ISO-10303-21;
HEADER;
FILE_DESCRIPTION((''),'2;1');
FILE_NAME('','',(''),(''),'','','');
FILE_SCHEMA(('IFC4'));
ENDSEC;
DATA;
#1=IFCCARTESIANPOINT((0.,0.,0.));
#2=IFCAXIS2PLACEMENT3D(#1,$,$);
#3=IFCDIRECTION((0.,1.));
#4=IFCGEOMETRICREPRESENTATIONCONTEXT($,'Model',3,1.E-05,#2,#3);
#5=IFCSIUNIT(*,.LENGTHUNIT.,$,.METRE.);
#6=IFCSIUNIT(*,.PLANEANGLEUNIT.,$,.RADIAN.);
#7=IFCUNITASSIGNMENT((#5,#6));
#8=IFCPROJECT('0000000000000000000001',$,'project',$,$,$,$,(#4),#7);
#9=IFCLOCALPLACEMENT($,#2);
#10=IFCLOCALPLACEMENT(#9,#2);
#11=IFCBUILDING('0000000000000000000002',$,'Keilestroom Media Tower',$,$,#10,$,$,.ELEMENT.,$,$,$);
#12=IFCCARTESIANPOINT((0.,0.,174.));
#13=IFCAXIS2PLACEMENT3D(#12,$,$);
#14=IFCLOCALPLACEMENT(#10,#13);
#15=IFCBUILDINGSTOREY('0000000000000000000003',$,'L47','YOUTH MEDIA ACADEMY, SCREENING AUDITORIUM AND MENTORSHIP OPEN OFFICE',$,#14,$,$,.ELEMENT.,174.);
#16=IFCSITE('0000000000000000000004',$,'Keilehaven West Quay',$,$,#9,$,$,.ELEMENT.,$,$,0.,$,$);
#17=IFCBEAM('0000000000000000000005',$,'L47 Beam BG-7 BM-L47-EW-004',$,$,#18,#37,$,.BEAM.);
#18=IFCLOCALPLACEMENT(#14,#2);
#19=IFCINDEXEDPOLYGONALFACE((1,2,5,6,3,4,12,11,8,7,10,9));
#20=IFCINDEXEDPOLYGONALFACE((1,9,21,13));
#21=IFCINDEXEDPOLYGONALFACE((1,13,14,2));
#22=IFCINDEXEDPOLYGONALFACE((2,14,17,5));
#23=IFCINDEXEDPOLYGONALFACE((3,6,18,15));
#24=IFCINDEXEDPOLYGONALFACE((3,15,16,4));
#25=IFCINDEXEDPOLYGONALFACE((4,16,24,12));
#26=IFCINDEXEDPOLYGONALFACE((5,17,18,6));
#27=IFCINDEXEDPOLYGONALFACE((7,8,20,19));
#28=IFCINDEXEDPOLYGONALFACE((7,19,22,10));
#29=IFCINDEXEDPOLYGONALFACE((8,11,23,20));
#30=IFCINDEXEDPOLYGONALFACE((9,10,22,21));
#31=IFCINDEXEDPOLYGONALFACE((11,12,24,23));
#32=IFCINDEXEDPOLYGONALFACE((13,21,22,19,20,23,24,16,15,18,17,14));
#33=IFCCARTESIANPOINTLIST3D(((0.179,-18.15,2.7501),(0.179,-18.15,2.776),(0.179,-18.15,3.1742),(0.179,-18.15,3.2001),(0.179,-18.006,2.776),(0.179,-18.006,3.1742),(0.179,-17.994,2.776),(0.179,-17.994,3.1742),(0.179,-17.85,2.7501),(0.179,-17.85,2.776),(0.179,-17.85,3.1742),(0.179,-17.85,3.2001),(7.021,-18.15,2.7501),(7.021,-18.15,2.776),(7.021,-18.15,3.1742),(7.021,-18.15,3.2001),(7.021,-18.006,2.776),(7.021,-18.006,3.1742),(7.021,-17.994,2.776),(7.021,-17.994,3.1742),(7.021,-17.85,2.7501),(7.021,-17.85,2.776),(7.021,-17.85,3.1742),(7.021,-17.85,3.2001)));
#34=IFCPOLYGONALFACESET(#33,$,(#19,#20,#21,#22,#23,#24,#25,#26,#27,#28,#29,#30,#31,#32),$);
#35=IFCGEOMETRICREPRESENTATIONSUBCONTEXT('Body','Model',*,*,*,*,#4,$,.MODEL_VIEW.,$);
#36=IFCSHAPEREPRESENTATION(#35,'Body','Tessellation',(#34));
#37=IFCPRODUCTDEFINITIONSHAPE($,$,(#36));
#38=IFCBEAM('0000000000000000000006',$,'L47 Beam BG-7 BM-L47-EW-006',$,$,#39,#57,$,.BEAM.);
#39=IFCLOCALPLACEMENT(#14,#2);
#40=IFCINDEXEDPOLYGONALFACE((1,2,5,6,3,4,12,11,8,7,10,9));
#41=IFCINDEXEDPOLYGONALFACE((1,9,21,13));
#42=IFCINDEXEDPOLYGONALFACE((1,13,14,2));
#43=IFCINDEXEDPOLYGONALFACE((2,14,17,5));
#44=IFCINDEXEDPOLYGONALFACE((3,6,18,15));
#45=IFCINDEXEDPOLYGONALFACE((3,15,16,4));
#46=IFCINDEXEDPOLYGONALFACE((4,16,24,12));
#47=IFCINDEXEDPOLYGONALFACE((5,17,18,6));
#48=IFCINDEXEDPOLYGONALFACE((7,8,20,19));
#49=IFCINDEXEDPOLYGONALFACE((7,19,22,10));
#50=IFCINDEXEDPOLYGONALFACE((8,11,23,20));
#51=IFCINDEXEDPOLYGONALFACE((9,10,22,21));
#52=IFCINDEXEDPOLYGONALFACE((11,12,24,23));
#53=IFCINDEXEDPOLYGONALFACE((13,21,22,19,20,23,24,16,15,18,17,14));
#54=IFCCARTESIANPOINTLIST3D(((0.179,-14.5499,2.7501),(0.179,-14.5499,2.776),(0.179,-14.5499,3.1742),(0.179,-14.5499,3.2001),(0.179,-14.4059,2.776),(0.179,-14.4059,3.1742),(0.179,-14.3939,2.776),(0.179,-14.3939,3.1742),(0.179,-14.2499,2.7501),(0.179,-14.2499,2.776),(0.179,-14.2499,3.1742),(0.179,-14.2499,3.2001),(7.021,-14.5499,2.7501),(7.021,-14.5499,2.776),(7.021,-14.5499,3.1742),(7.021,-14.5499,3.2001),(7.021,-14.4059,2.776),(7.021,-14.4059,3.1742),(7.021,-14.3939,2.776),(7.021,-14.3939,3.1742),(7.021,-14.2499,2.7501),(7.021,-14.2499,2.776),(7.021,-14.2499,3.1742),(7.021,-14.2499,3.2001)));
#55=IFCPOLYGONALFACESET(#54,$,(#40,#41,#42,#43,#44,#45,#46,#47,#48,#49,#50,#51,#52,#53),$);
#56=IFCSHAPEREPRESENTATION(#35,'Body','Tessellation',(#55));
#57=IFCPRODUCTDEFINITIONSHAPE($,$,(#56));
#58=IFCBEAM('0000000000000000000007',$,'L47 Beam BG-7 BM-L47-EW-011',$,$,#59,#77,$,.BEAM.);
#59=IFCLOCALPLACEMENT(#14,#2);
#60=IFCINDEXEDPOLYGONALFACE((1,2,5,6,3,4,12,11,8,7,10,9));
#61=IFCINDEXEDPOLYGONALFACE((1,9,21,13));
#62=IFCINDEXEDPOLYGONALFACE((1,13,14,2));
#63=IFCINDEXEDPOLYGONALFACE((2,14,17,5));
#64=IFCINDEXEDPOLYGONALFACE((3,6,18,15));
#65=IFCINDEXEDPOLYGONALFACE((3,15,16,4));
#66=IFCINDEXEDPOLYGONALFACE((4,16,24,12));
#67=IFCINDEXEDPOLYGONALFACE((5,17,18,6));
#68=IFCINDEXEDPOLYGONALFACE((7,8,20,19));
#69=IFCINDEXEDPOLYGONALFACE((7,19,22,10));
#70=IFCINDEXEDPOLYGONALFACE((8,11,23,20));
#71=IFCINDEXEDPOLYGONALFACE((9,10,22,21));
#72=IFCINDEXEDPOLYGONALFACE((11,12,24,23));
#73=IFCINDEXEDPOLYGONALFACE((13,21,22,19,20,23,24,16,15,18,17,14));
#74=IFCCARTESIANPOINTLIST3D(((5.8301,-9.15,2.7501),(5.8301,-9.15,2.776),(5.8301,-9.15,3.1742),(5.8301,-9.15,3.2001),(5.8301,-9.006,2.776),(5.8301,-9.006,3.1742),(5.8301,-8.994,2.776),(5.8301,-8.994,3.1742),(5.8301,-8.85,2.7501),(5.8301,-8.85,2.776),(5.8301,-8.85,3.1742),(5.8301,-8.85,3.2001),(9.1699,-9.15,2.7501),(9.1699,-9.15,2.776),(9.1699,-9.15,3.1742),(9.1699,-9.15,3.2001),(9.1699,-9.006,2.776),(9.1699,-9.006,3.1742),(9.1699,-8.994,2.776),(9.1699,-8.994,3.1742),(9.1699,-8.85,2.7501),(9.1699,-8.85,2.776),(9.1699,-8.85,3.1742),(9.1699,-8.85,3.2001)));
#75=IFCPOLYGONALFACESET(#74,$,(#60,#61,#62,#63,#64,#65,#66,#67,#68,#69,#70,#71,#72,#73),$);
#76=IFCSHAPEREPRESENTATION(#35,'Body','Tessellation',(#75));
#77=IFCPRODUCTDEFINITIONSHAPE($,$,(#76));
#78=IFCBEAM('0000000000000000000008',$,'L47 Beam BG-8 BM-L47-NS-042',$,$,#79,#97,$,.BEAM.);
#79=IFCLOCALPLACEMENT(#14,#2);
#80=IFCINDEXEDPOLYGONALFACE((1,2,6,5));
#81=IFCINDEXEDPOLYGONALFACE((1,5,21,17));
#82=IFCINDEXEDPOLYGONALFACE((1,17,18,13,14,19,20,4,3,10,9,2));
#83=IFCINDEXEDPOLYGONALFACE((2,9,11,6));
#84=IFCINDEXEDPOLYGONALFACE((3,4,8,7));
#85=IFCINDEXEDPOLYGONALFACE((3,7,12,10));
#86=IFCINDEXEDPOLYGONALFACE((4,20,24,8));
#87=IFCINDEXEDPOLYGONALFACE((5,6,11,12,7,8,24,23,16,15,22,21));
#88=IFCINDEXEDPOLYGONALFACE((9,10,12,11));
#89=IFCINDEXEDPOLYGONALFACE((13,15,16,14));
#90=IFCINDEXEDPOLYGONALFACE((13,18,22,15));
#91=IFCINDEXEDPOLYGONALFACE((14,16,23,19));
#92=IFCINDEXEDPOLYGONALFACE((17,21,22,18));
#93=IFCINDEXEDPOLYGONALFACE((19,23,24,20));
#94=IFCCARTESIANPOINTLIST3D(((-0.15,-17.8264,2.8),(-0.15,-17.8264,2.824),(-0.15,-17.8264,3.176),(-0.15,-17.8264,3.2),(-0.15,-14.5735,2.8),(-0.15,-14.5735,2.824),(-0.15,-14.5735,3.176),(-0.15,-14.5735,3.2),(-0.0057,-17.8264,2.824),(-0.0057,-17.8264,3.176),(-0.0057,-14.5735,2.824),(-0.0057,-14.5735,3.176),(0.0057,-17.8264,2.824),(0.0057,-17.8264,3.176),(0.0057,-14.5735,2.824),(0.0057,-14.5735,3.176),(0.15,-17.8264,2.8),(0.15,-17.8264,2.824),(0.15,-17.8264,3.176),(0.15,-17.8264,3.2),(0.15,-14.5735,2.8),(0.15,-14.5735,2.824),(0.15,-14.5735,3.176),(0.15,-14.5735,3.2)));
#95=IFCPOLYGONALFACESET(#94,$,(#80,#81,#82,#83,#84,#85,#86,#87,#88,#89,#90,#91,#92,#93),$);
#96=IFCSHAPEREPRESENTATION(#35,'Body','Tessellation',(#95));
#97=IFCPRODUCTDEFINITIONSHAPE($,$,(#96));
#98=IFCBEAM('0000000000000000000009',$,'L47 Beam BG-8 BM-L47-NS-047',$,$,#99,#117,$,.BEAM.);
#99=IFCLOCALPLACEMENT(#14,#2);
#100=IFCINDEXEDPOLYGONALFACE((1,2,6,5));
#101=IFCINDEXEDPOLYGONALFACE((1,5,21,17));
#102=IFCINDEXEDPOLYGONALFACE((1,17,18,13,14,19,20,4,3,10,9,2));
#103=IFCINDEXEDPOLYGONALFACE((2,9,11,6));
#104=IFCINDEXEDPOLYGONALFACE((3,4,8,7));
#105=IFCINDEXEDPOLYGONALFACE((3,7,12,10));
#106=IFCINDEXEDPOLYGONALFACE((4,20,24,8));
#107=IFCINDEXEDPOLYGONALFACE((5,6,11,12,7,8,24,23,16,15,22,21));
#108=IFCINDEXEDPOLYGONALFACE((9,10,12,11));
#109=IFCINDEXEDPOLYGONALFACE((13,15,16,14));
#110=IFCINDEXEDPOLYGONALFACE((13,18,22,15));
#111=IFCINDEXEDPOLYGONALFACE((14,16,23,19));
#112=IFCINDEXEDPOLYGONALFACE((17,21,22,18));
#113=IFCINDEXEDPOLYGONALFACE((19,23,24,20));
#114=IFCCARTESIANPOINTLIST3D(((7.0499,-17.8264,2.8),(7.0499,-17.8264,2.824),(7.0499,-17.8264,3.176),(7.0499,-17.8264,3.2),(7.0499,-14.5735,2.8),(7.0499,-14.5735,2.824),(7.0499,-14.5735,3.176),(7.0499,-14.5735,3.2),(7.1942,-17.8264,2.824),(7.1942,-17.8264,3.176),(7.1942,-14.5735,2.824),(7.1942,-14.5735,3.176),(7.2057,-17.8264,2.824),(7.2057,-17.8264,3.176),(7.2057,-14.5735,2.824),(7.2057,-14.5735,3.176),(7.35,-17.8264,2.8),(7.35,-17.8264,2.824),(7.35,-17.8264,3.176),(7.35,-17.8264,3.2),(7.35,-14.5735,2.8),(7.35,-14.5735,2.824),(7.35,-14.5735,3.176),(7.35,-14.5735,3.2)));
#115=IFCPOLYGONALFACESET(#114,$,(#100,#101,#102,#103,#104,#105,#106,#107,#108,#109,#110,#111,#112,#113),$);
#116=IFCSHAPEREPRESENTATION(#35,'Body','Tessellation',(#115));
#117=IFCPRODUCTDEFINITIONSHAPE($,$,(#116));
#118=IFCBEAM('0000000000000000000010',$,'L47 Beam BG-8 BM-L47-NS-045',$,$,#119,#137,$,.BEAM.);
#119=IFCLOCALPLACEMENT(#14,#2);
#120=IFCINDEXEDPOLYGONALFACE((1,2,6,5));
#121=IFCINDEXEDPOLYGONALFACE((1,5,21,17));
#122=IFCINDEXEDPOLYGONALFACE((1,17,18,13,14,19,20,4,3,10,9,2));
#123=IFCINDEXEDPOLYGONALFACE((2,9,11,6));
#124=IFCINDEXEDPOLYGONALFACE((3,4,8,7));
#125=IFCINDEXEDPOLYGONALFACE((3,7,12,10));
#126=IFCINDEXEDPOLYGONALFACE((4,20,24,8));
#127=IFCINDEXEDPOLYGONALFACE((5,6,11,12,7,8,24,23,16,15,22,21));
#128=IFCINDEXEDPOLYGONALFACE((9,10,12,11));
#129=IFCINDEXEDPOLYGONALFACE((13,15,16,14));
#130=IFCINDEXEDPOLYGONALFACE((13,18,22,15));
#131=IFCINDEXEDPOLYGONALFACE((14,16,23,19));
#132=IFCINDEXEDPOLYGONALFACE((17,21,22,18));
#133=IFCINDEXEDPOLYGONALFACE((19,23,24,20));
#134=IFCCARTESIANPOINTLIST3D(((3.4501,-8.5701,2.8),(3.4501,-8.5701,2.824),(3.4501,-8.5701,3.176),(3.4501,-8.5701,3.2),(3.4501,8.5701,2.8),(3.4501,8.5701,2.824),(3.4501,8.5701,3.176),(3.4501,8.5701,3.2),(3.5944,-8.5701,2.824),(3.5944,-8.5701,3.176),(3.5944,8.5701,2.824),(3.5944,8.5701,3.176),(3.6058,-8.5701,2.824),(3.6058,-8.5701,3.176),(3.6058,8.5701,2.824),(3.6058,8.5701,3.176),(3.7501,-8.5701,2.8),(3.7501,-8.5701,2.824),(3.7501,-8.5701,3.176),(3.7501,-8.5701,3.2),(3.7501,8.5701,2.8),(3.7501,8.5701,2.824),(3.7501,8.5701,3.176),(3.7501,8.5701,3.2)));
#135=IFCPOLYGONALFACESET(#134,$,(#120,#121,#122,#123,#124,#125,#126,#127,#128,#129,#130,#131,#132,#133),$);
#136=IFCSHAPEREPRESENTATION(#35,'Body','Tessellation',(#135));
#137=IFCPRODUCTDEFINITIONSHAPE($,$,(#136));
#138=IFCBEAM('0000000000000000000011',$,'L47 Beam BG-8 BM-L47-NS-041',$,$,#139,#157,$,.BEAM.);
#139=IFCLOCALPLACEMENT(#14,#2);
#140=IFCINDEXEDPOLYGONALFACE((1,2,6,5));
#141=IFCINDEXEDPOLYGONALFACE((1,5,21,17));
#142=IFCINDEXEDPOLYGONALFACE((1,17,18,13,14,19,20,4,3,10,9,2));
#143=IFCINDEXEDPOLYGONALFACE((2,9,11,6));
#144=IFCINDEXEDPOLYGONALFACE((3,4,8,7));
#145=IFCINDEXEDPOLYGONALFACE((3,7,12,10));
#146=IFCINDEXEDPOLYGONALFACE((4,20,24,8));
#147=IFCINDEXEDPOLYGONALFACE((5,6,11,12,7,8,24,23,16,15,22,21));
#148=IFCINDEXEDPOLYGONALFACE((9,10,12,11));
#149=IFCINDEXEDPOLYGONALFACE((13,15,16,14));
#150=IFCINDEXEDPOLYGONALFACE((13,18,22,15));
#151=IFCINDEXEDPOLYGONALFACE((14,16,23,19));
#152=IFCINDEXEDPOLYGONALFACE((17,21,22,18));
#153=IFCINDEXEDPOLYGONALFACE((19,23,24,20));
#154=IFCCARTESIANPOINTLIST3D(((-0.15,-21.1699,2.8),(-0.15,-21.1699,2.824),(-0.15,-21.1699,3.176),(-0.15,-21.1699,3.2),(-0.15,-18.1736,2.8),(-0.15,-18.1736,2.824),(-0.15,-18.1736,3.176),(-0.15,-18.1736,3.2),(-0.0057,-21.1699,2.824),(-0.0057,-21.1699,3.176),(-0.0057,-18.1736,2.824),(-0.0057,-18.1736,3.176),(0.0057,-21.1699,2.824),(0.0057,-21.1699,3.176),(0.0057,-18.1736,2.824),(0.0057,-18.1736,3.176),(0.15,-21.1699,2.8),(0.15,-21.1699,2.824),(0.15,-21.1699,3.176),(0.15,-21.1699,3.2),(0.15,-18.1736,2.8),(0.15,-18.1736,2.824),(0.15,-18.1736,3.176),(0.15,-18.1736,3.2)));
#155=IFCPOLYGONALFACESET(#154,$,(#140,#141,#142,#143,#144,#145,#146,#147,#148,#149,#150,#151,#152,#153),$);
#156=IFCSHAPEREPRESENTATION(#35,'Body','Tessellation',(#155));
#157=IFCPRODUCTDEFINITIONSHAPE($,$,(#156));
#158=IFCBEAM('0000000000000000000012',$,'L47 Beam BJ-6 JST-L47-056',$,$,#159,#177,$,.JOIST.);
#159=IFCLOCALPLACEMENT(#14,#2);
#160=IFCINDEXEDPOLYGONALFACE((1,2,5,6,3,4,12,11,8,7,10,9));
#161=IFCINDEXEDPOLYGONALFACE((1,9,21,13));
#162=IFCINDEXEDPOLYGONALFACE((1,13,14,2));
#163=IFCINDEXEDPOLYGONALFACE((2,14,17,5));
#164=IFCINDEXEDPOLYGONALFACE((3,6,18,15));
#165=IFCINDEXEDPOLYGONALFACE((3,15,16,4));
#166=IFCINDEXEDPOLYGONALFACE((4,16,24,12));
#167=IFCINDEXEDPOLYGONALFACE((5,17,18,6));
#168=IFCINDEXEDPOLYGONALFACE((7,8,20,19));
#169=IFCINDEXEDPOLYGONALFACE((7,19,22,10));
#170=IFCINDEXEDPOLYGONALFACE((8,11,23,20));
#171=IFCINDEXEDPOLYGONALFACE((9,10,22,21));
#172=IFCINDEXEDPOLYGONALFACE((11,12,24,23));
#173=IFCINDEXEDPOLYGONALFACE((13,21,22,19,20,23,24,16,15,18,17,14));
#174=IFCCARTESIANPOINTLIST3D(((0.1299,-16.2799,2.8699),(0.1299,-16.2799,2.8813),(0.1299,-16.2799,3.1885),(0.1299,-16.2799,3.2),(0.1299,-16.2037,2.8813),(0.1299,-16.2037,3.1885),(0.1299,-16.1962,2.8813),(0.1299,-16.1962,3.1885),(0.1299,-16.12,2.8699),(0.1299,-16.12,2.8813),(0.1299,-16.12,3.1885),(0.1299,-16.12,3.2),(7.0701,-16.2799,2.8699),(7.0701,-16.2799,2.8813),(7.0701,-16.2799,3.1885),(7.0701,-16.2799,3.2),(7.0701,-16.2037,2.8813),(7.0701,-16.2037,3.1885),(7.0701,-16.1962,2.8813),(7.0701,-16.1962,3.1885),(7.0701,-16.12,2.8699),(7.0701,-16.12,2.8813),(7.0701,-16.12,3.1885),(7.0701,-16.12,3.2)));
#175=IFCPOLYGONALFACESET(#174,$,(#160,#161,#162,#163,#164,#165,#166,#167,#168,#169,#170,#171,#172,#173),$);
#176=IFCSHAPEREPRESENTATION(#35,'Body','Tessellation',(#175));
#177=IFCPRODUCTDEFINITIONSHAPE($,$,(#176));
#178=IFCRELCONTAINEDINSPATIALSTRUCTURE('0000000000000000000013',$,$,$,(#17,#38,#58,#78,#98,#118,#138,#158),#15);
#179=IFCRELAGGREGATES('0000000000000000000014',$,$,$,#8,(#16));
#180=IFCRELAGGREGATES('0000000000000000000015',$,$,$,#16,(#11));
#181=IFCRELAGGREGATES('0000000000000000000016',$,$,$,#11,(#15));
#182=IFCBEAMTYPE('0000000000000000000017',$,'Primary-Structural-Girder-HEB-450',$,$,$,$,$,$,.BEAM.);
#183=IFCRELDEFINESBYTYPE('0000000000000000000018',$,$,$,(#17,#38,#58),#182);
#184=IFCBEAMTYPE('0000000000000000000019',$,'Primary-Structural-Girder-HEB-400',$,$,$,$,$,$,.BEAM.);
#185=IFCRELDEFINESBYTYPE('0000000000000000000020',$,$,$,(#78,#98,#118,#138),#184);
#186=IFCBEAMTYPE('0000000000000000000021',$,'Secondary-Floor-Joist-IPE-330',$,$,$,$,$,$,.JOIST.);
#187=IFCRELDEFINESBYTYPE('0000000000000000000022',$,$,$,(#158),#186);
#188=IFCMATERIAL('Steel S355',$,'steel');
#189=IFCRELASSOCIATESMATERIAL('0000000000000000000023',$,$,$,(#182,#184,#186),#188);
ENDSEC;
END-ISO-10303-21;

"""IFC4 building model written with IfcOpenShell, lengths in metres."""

from ifc_helpers import new_model, si_unit, direction, frame, origin, origin_2d, place, context, subcontext, project, spatial, i_section, extrude, source, transform, mapped, material, material_profile, profile_set, type_object, element, save


model = new_model("IFC4")

# Units and contexts
model_context = context("Model", 3, precision=1e-05, world=origin(), true_north=direction((0.0, 1.0)))
body_context = subcontext(model_context, "Body", "Model", "MODEL_VIEW")
ifc_project = project(units=[si_unit("LENGTHUNIT", "METRE"), si_unit("PLANEANGLEUNIT", "RADIAN")], contexts=[model_context])

# Site, building, storey
site_placement = place(None, origin())
site = spatial("IfcSite", under=ifc_project, at=site_placement, Name="Keilehaven West Quay", CompositionType="ELEMENT", RefElevation=0.0)
building_placement = place(site_placement, origin())
building = spatial("IfcBuilding", under=site, at=building_placement, Name="Keilestroom Media Tower", CompositionType="ELEMENT")
storey_placement = place(building_placement, frame((0.0, 0.0, 174.0)))
storey = spatial("IfcBuildingStorey", under=building, at=storey_placement, Name="L47", Description="YOUTH MEDIA ACADEMY, SCREENING AUDITORIUM AND MENTORSHIP OPEN OFFICE", CompositionType="ELEMENT", Elevation=174.0)

# Shared definitions
ifc_material_1 = material(Name="Steel S355", Category="steel")

# Beams
ifc_material_profile_1 = material_profile(ifc_material_1, i_section(OverallWidth=0.3, OverallDepth=0.45, WebThickness=0.012, FlangeThickness=0.0259, at=origin_2d()), Name="HEB 450")
ifc_profile_set_1 = profile_set([ifc_material_profile_1], Name="Steel S355")
beam_type_1 = type_object("IfcBeamType", Name="Primary-Structural-Girder-HEB-450", PredefinedType="BEAM", material=ifc_profile_set_1)
shared_shape_1 = source(origin(), body_context, "Body", "SweptSolid", [
    extrude(i_section(OverallWidth=0.3, OverallDepth=0.45, WebThickness=0.012, FlangeThickness=0.0259, at=origin_2d()), origin(), (0.0, 0.0, 1.0), 6.842),
])
for number, where, z_axis, x_axis, name in (
    (1, (0.179, -18.0, 2.9751), (1.0, 0.0, 0.0), (0.0, 1.0, 0.0), "L47 Beam BG-7 BM-L47-EW-004"),
    (2, (0.179, -14.3999, 2.9751), (1.0, 0.0, 0.0), (0.0, 1.0, 0.0), "L47 Beam BG-7 BM-L47-EW-006"),
):
    element("IfcBeam", number, at=place(storey_placement, frame(where, z_axis=z_axis, x_axis=x_axis)), inside=storey, type_object=beam_type_1, Name=name, PredefinedType="BEAM", context=body_context, shape_type="MappedRepresentation", body=[
        mapped(shared_shape_1, transform((0.0, 0.0, 0.0), x_axis=(1.0, 0.0, 0.0), y_axis=(0.0, 1.0, 0.0), z_axis=(0.0, 0.0, 1.0), scale=1.0)),
    ])
shared_shape_2 = source(origin(), body_context, "Body", "SweptSolid", [
    extrude(i_section(OverallWidth=0.3, OverallDepth=0.45, WebThickness=0.012, FlangeThickness=0.0259, at=origin_2d()), origin(), (0.0, 0.0, 1.0), 3.3398),
])
beam_1_placement = place(storey_placement, frame((5.8301, -9.0, 2.9751), z_axis=(1.0, 0.0, 0.0), x_axis=(0.0, 1.0, 0.0)))
element("IfcBeam", 3, at=beam_1_placement, inside=storey, type_object=beam_type_1, Name="L47 Beam BG-7 BM-L47-EW-011", PredefinedType="BEAM", context=body_context, shape_type="MappedRepresentation", body=[
    mapped(shared_shape_2, transform((0.0, 0.0, 0.0), x_axis=(1.0, 0.0, 0.0), y_axis=(0.0, 1.0, 0.0), z_axis=(0.0, 0.0, 1.0), scale=1.0)),
])
ifc_material_profile_2 = material_profile(ifc_material_1, i_section(OverallWidth=0.3, OverallDepth=0.3999, WebThickness=0.0115, FlangeThickness=0.0239, at=origin_2d()), Name="HEB 400")
ifc_profile_set_2 = profile_set([ifc_material_profile_2], Name="Steel S355")
beam_type_2 = type_object("IfcBeamType", Name="Primary-Structural-Girder-HEB-400", PredefinedType="BEAM", material=ifc_profile_set_2)
shared_shape_3 = source(origin(), body_context, "Body", "SweptSolid", [
    extrude(i_section(OverallWidth=0.3, OverallDepth=0.3999, WebThickness=0.0115, FlangeThickness=0.0239, at=origin_2d()), origin(), (0.0, 0.0, 1.0), 3.2529),
])
for number, where, z_axis, x_axis, name in (
    (4, (0.0, -17.8264, 3.0), (0.0, 1.0, 0.0), (-1.0, 0.0, 0.0), "L47 Beam BG-8 BM-L47-NS-042"),
    (5, (7.2, -17.8264, 3.0), (0.0, 1.0, 0.0), (-1.0, 0.0, 0.0), "L47 Beam BG-8 BM-L47-NS-047"),
):
    element("IfcBeam", number, at=place(storey_placement, frame(where, z_axis=z_axis, x_axis=x_axis)), inside=storey, type_object=beam_type_2, Name=name, PredefinedType="BEAM", context=body_context, shape_type="MappedRepresentation", body=[
        mapped(shared_shape_3, transform((0.0, 0.0, 0.0), x_axis=(1.0, 0.0, 0.0), y_axis=(0.0, 1.0, 0.0), z_axis=(0.0, 0.0, 1.0), scale=1.0)),
    ])
shared_shape_4 = source(origin(), body_context, "Body", "SweptSolid", [
    extrude(i_section(OverallWidth=0.3, OverallDepth=0.3999, WebThickness=0.0115, FlangeThickness=0.0239, at=origin_2d()), origin(), (0.0, 0.0, 1.0), 17.1401),
])
beam_2_placement = place(storey_placement, frame((3.6001, -8.5701, 3.0), z_axis=(0.0, 1.0, 0.0), x_axis=(-1.0, 0.0, 0.0)))
element("IfcBeam", 6, at=beam_2_placement, inside=storey, type_object=beam_type_2, Name="L47 Beam BG-8 BM-L47-NS-045", PredefinedType="BEAM", context=body_context, shape_type="MappedRepresentation", body=[
    mapped(shared_shape_4, transform((0.0, 0.0, 0.0), x_axis=(1.0, 0.0, 0.0), y_axis=(0.0, 1.0, 0.0), z_axis=(0.0, 0.0, 1.0), scale=1.0)),
])
shared_shape_5 = source(origin(), body_context, "Body", "SweptSolid", [
    extrude(i_section(OverallWidth=0.3, OverallDepth=0.3999, WebThickness=0.0115, FlangeThickness=0.0239, at=origin_2d()), origin(), (0.0, 0.0, 1.0), 2.9963),
])
beam_3_placement = place(storey_placement, frame((0.0, -21.1699, 3.0), z_axis=(0.0, 1.0, 0.0), x_axis=(-1.0, 0.0, 0.0)))
element("IfcBeam", 7, at=beam_3_placement, inside=storey, type_object=beam_type_2, Name="L47 Beam BG-8 BM-L47-NS-041", PredefinedType="BEAM", context=body_context, shape_type="MappedRepresentation", body=[
    mapped(shared_shape_5, transform((0.0, 0.0, 0.0), x_axis=(1.0, 0.0, 0.0), y_axis=(0.0, 1.0, 0.0), z_axis=(0.0, 0.0, 1.0), scale=1.0)),
])
ifc_material_profile_3 = material_profile(ifc_material_1, i_section(OverallWidth=0.1599, OverallDepth=0.3301, WebThickness=0.0076, FlangeThickness=0.0115, at=origin_2d()), Name="IPE 330")
ifc_profile_set_3 = profile_set([ifc_material_profile_3], Name="Steel S355")
beam_type_3 = type_object("IfcBeamType", Name="Secondary-Floor-Joist-IPE-330", PredefinedType="JOIST", material=ifc_profile_set_3)
shared_shape_6 = source(origin(), body_context, "Body", "SweptSolid", [
    extrude(i_section(OverallWidth=0.1599, OverallDepth=0.3301, WebThickness=0.0076, FlangeThickness=0.0115, at=origin_2d()), origin(), (0.0, 0.0, 1.0), 6.9402),
])
beam_4_placement = place(storey_placement, frame((0.1299, -16.2, 3.0349), z_axis=(1.0, 0.0, 0.0), x_axis=(0.0, 1.0, 0.0)))
element("IfcBeam", 8, at=beam_4_placement, inside=storey, type_object=beam_type_3, Name="L47 Beam BJ-6 JST-L47-056", PredefinedType="JOIST", context=body_context, shape_type="MappedRepresentation", body=[
    mapped(shared_shape_6, transform((0.0, 0.0, 0.0), x_axis=(1.0, 0.0, 0.0), y_axis=(0.0, 1.0, 0.0), z_axis=(0.0, 0.0, 1.0), scale=1.0)),
])

save(model, "model.ifc")
